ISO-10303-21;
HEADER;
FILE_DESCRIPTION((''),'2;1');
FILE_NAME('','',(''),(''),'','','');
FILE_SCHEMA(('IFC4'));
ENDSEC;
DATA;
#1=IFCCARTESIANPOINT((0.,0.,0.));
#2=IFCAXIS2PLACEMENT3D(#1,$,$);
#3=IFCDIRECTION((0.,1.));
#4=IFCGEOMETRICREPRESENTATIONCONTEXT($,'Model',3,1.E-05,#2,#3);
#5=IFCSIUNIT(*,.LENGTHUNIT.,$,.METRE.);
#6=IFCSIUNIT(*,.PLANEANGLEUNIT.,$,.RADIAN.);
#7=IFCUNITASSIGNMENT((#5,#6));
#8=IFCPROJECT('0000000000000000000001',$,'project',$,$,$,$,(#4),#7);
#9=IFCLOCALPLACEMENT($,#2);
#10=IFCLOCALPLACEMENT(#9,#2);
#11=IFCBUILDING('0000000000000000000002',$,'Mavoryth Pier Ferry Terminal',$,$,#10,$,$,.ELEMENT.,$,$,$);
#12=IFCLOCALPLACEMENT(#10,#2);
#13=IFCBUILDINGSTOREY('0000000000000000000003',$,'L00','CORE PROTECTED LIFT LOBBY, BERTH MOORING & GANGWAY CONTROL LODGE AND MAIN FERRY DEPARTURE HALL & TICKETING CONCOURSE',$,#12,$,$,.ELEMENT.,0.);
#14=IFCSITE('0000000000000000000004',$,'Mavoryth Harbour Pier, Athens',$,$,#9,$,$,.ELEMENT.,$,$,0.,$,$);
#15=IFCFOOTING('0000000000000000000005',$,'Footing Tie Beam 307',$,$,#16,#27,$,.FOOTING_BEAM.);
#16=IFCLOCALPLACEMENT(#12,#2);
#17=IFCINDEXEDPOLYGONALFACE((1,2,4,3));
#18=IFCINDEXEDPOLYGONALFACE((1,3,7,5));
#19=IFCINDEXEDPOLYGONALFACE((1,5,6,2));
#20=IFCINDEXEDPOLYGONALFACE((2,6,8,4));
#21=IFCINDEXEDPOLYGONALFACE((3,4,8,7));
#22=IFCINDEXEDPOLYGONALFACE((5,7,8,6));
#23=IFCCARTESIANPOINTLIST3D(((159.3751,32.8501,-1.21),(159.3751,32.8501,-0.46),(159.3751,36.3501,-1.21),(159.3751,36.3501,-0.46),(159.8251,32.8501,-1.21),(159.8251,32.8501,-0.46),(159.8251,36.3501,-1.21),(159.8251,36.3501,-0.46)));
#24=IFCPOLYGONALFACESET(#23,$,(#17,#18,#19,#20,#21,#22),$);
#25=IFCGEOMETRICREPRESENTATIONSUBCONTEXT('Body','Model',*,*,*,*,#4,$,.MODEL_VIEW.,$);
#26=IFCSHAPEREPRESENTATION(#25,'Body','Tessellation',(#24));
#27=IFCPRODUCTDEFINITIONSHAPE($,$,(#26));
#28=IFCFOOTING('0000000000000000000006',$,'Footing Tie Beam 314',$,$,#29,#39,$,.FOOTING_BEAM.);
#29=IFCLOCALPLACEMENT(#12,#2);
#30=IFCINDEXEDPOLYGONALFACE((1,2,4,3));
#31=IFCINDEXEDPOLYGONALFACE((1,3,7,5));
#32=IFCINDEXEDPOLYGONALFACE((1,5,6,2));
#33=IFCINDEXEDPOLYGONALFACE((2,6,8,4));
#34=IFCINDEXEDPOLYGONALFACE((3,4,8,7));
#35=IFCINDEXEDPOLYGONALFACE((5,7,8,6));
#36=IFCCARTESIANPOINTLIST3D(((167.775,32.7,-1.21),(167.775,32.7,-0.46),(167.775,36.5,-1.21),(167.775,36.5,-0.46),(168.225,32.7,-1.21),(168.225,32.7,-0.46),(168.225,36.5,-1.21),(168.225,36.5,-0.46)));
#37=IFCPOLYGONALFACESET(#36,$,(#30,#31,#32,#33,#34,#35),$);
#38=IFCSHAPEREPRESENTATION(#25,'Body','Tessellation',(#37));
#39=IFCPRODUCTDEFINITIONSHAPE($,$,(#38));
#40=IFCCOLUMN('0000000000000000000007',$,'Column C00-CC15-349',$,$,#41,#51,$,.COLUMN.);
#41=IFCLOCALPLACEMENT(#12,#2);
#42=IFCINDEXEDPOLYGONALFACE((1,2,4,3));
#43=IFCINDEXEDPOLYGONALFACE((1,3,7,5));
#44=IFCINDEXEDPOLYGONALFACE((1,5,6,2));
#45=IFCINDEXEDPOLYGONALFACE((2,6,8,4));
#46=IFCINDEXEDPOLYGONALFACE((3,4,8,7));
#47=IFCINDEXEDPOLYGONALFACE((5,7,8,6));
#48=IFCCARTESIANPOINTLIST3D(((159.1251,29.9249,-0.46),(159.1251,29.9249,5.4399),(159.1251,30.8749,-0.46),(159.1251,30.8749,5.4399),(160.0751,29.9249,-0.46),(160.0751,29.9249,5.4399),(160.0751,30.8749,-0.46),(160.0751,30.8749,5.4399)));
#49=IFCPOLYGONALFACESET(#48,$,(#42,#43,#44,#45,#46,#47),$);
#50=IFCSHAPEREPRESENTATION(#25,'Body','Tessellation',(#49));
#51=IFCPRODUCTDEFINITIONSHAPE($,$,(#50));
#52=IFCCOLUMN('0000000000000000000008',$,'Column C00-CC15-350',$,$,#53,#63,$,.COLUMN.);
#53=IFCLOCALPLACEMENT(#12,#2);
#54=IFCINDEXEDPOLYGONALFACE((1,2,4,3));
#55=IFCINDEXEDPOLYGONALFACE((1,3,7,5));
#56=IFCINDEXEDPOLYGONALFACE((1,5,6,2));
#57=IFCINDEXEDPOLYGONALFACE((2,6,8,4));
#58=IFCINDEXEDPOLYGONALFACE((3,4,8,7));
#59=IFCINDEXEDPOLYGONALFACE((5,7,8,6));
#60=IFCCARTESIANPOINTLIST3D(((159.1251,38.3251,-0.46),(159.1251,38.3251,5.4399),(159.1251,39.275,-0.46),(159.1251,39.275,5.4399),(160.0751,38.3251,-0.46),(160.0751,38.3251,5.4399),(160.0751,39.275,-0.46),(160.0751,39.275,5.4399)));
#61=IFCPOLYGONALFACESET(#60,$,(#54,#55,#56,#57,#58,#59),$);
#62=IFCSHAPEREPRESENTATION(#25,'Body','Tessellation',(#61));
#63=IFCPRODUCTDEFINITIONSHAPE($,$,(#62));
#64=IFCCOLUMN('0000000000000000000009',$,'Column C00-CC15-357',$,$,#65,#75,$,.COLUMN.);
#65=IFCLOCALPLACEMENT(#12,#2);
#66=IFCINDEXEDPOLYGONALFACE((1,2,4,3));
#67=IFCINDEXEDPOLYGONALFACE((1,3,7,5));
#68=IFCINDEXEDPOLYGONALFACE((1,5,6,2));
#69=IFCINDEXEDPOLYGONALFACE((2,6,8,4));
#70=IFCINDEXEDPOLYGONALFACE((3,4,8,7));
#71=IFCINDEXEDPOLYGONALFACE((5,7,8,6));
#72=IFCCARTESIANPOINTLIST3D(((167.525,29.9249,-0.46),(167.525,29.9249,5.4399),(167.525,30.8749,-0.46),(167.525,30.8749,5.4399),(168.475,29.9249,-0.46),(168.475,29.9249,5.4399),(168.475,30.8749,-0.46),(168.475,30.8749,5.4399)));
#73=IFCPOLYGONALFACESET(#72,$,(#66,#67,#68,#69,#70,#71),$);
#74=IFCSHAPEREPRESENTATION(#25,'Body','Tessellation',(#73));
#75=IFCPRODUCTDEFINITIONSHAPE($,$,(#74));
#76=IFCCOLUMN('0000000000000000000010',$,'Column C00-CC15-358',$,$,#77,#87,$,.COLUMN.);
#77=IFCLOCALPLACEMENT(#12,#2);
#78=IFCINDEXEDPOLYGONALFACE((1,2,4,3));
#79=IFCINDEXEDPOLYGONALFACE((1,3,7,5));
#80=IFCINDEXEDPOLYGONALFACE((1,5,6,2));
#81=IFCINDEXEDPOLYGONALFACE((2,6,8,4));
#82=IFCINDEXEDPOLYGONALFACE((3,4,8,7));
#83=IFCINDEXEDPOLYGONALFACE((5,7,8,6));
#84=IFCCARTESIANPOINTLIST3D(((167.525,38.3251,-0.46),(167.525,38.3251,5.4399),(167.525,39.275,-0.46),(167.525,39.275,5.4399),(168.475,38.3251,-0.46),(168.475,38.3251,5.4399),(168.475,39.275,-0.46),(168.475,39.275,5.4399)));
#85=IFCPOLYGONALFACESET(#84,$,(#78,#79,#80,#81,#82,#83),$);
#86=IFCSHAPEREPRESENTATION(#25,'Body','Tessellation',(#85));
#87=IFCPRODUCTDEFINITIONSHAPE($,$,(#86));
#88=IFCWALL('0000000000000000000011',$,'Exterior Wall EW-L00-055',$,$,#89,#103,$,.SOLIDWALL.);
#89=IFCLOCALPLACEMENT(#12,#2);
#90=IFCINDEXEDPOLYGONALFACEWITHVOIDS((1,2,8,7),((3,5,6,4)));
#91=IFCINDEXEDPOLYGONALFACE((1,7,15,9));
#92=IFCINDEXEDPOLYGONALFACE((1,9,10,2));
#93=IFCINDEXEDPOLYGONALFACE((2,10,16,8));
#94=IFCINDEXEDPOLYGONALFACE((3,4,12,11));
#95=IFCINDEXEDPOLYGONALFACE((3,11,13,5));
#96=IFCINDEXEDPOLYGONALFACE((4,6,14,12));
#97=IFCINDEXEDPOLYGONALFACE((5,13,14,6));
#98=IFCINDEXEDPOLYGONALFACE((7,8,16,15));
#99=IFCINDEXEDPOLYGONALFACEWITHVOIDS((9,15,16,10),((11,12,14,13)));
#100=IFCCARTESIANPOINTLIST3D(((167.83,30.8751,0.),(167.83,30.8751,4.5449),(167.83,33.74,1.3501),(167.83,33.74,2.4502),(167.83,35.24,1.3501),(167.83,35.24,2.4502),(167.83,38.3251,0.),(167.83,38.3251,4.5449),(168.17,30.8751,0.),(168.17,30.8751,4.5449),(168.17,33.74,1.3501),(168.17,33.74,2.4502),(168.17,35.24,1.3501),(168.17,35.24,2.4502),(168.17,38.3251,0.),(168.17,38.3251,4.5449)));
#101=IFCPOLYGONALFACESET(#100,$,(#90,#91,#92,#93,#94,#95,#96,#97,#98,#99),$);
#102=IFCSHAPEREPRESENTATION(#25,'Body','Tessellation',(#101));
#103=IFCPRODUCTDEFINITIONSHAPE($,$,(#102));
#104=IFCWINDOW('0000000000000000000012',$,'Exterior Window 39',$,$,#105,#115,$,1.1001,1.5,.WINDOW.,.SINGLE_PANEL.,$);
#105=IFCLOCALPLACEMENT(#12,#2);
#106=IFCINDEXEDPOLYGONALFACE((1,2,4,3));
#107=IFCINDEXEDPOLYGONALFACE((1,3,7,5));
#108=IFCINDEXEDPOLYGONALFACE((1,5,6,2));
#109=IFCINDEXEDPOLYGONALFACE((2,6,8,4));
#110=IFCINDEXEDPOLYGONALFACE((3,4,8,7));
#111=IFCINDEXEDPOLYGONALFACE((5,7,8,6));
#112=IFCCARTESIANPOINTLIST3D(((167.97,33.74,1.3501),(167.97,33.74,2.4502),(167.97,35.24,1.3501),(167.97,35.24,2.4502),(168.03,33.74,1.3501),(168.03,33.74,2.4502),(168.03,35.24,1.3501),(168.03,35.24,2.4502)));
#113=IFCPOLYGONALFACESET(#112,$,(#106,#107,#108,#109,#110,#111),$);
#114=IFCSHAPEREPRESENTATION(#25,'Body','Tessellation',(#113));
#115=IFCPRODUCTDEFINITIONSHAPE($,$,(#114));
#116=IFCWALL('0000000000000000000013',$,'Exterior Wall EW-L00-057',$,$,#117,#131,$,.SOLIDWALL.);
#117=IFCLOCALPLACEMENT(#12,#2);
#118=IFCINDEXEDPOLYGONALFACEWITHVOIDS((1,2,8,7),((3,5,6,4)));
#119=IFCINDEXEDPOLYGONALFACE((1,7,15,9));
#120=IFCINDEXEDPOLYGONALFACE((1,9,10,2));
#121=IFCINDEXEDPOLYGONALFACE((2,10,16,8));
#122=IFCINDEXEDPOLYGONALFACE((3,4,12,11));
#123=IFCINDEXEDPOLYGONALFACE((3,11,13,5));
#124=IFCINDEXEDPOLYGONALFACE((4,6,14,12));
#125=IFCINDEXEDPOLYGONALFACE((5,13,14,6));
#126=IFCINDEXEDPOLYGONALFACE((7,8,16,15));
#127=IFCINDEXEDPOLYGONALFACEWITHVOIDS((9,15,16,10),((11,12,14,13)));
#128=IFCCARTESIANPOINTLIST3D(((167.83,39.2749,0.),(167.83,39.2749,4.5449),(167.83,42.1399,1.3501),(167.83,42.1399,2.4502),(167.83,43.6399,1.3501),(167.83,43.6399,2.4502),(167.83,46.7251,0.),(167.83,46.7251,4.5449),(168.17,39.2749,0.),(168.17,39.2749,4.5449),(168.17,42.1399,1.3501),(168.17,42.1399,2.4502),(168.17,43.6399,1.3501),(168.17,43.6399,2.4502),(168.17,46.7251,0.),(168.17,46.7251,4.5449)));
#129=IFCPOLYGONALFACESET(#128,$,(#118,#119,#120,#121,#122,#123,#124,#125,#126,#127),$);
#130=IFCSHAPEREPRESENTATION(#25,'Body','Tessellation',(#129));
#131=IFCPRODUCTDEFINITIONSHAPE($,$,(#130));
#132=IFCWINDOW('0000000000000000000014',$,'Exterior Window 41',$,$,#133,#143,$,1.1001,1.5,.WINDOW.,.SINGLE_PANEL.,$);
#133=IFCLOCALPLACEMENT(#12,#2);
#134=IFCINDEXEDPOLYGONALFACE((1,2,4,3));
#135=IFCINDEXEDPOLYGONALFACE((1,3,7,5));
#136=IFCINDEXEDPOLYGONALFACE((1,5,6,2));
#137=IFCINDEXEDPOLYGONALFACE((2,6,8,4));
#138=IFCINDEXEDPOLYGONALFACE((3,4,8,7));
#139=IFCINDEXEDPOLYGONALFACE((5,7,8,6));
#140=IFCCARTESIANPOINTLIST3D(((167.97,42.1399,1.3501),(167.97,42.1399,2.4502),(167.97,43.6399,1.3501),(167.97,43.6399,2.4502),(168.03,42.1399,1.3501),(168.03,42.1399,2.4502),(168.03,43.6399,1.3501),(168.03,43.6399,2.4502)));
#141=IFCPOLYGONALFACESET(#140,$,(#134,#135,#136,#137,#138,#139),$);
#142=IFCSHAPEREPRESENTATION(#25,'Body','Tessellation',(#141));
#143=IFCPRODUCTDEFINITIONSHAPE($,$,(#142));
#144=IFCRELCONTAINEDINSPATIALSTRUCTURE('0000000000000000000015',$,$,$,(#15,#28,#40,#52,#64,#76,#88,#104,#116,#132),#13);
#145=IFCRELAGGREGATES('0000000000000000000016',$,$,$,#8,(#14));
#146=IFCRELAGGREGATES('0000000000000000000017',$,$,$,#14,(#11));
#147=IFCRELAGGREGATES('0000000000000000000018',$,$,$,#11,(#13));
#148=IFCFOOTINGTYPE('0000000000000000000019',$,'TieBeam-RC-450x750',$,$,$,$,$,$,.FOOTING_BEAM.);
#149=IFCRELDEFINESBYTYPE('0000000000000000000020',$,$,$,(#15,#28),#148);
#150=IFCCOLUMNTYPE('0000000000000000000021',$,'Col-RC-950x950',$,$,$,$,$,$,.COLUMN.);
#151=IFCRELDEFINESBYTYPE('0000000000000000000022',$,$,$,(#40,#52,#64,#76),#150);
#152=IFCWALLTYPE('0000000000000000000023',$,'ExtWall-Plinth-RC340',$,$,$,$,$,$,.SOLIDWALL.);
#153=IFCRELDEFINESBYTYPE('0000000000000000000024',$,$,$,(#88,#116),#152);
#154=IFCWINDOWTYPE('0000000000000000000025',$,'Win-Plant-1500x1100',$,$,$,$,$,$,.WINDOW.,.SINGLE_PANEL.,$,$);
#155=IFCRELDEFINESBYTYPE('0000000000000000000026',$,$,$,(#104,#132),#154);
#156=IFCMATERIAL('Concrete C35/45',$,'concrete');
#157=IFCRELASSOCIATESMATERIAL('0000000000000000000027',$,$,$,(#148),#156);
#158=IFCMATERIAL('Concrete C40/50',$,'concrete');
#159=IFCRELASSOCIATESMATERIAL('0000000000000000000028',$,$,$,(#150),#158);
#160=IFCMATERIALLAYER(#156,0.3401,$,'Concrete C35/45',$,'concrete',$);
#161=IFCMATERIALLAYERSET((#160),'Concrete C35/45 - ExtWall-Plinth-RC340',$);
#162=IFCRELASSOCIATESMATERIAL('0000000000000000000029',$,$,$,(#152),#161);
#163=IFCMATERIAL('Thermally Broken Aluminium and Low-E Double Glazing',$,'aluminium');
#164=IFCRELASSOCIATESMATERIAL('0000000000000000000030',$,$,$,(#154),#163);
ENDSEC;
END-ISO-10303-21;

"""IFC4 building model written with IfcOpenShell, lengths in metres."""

from ifc_helpers import new_model, si_unit, direction, frame, frame_2d, origin, origin_2d, place, context, subcontext, project, spatial, rectangle, extrude, material, layer, layer_set, material_profile, profile_set, type_object, element, fill, save


model = new_model("IFC4")

# Units and contexts
model_context = context("Model", 3, precision=1e-05, world=origin(), true_north=direction((0.0, 1.0)))
body_context = subcontext(model_context, "Body", "Model", "MODEL_VIEW")
ifc_project = project(units=[si_unit("LENGTHUNIT", "METRE"), si_unit("PLANEANGLEUNIT", "RADIAN")], contexts=[model_context])

# Site, building, storey
site_placement = place(None, origin())
site = spatial("IfcSite", under=ifc_project, at=site_placement, Name="Mavoryth Harbour Pier, Athens", CompositionType="ELEMENT", RefElevation=0.0)
building_placement = place(site_placement, origin())
building = spatial("IfcBuilding", under=site, at=building_placement, Name="Mavoryth Pier Ferry Terminal", CompositionType="ELEMENT")
storey_placement = place(building_placement, origin())
storey = spatial("IfcBuildingStorey", under=building, at=storey_placement, Name="L00", Description="CORE PROTECTED LIFT LOBBY, BERTH MOORING & GANGWAY CONTROL LODGE AND MAIN FERRY DEPARTURE HALL & TICKETING CONCOURSE", CompositionType="ELEMENT", Elevation=0.0)

# Shared definitions
ifc_material_1 = material(Name="Concrete C35/45", Category="concrete")

# Footings
ifc_material_profile_1 = material_profile(ifc_material_1, rectangle(XDim=0.45, YDim=0.75, at=origin_2d()), Name="RC 450x750", Category="concrete")
ifc_profile_set_1 = profile_set([ifc_material_profile_1], Name="Concrete C35/45 - RC 450x750")
footing_type_1 = type_object("IfcFootingType", Name="TieBeam-RC-450x750", PredefinedType="FOOTING_BEAM", material=ifc_profile_set_1)
footing_1_placement = place(storey_placement, frame((159.6001, 32.8501, -0.835), z_axis=(0.0, 1.0, 0.0), x_axis=(-1.0, 0.0, 0.0)))
element("IfcFooting", 1, at=footing_1_placement, inside=storey, type_object=footing_type_1, Name="Footing Tie Beam 307", PredefinedType="FOOTING_BEAM", context=body_context, shape_type="SweptSolid", body=[
    extrude(rectangle(XDim=0.45, YDim=0.75, at=origin_2d()), origin(), (0.0, 0.0, 1.0), 3.5),
])
footing_2_placement = place(storey_placement, frame((168.0, 32.7, -0.835), z_axis=(0.0, 1.0, 0.0), x_axis=(-1.0, 0.0, 0.0)))
element("IfcFooting", 2, at=footing_2_placement, inside=storey, type_object=footing_type_1, Name="Footing Tie Beam 314", PredefinedType="FOOTING_BEAM", context=body_context, shape_type="SweptSolid", body=[
    extrude(rectangle(XDim=0.45, YDim=0.75, at=origin_2d()), origin(), (0.0, 0.0, 1.0), 3.8),
])

# Columns
ifc_material_2 = material(Name="Concrete C40/50", Category="concrete")
ifc_material_profile_2 = material_profile(ifc_material_2, rectangle(XDim=0.95, YDim=0.95, at=origin_2d()), Name="RC 950x950", Category="concrete")
ifc_profile_set_2 = profile_set([ifc_material_profile_2], Name="Concrete C40/50 - RC 950x950")
column_type = type_object("IfcColumnType", Name="Col-RC-950x950", PredefinedType="COLUMN", material=ifc_profile_set_2)
for number, where, z_axis, x_axis, name in (
    (3, (159.6001, 30.3999, -0.46), (0.0, 0.0, 1.0), (1.0, 0.0, 0.0), "Column C00-CC15-349"),
    (4, (159.6001, 38.8, -0.46), (0.0, 0.0, 1.0), (1.0, 0.0, 0.0), "Column C00-CC15-350"),
    (5, (168.0, 30.3999, -0.46), (0.0, 0.0, 1.0), (1.0, 0.0, 0.0), "Column C00-CC15-357"),
    (6, (168.0, 38.8, -0.46), (0.0, 0.0, 1.0), (1.0, 0.0, 0.0), "Column C00-CC15-358"),
):
    element("IfcColumn", number, at=place(storey_placement, frame(where, z_axis=z_axis, x_axis=x_axis)), inside=storey, type_object=column_type, Name=name, PredefinedType="COLUMN", context=body_context, shape_type="SweptSolid", body=[
        extrude(rectangle(XDim=0.95, YDim=0.95, at=origin_2d()), origin(), (0.0, 0.0, 1.0), 5.8999),
    ])

# Walls, openings, windows
ifc_layer = layer(ifc_material_1, 0.3401, Name="Concrete C35/45", Category="concrete")
ifc_layer_set = layer_set([ifc_layer], Name="Concrete C35/45 - ExtWall-Plinth-RC340")
wall_type = type_object("IfcWallType", Name="ExtWall-Plinth-RC340", PredefinedType="SOLIDWALL", material=ifc_layer_set)
wall_1_placement = place(storey_placement, frame((168.0, 30.875, 0.0), z_axis=(0.0, 0.0, 1.0), x_axis=(0.0, 1.0, 0.0)))
wall_1 = element("IfcWall", 7, at=wall_1_placement, inside=storey, type_object=wall_type, Name="Exterior Wall EW-L00-055", PredefinedType="SOLIDWALL", context=body_context, shape_type="SweptSolid", body=[
    extrude(rectangle(XDim=7.45, YDim=0.3401, at=frame_2d((3.7251, 0.0))), origin(), (0.0, 0.0, 1.0), 4.5449),
])
opening_1_placement = place(wall_1_placement, frame((2.865, 0.0, 1.3501)))
opening_1 = element("IfcOpeningElement", 8, at=opening_1_placement, cuts=wall_1, PredefinedType="OPENING", context=body_context, shape_type="SweptSolid", body=[
    extrude(rectangle(XDim=1.5, YDim=1.1001, at=frame_2d((0.75, 0.55))), frame((0.0, 0.1799, 0.0), z_axis=(0.0, -1.0, 0.0), x_axis=(1.0, 0.0, 0.0)), (0.0, 0.0, 1.0), 0.3601),
])
ifc_material_3 = material(Name="Thermally Broken Aluminium and Low-E Double Glazing", Category="aluminium")
window_type = type_object("IfcWindowType", Name="Win-Plant-1500x1100", PartitioningType="SINGLE_PANEL", PredefinedType="WINDOW", material=ifc_material_3)
window_1_placement = place(opening_1_placement, origin())
window_1 = element("IfcWindow", 9, at=window_1_placement, inside=storey, type_object=window_type, Name="Exterior Window 39", OverallHeight=1.1001, OverallWidth=1.5, PartitioningType="SINGLE_PANEL", PredefinedType="WINDOW", context=body_context, shape_type="SweptSolid", body=[
    extrude(rectangle(XDim=1.5, YDim=1.1001, at=frame_2d((0.75, 0.55))), frame((0.0, 0.03, 0.0), z_axis=(0.0, -1.0, 0.0), x_axis=(1.0, 0.0, 0.0)), (0.0, 0.0, 1.0), 0.0601),
])
fill(opening_1, window_1)
wall_2_placement = place(storey_placement, frame((168.0, 39.2749, 0.0), z_axis=(0.0, 0.0, 1.0), x_axis=(0.0, 1.0, 0.0)))
wall_2 = element("IfcWall", 10, at=wall_2_placement, inside=storey, type_object=wall_type, Name="Exterior Wall EW-L00-057", PredefinedType="SOLIDWALL", context=body_context, shape_type="SweptSolid", body=[
    extrude(rectangle(XDim=7.4502, YDim=0.3401, at=frame_2d((3.7251, 0.0))), origin(), (0.0, 0.0, 1.0), 4.5449),
])
opening_2_placement = place(wall_2_placement, frame((2.865, 0.0, 1.3501)))
opening_2 = element("IfcOpeningElement", 11, at=opening_2_placement, cuts=wall_2, PredefinedType="OPENING", context=body_context, shape_type="SweptSolid", body=[
    extrude(rectangle(XDim=1.5, YDim=1.1001, at=frame_2d((0.75, 0.55))), frame((0.0, 0.1799, 0.0), z_axis=(0.0, -1.0, 0.0), x_axis=(1.0, 0.0, 0.0)), (0.0, 0.0, 1.0), 0.3601),
])
window_2_placement = place(opening_2_placement, origin())
window_2 = element("IfcWindow", 12, at=window_2_placement, inside=storey, type_object=window_type, Name="Exterior Window 41", OverallHeight=1.1001, OverallWidth=1.5, PartitioningType="SINGLE_PANEL", PredefinedType="WINDOW", context=body_context, shape_type="SweptSolid", body=[
    extrude(rectangle(XDim=1.5, YDim=1.1001, at=frame_2d((0.75, 0.55))), frame((0.0, 0.03, 0.0), z_axis=(0.0, -1.0, 0.0), x_axis=(1.0, 0.0, 0.0)), (0.0, 0.0, 1.0), 0.0601),
])
fill(opening_2, window_2)

save(model, "model.ifc")
